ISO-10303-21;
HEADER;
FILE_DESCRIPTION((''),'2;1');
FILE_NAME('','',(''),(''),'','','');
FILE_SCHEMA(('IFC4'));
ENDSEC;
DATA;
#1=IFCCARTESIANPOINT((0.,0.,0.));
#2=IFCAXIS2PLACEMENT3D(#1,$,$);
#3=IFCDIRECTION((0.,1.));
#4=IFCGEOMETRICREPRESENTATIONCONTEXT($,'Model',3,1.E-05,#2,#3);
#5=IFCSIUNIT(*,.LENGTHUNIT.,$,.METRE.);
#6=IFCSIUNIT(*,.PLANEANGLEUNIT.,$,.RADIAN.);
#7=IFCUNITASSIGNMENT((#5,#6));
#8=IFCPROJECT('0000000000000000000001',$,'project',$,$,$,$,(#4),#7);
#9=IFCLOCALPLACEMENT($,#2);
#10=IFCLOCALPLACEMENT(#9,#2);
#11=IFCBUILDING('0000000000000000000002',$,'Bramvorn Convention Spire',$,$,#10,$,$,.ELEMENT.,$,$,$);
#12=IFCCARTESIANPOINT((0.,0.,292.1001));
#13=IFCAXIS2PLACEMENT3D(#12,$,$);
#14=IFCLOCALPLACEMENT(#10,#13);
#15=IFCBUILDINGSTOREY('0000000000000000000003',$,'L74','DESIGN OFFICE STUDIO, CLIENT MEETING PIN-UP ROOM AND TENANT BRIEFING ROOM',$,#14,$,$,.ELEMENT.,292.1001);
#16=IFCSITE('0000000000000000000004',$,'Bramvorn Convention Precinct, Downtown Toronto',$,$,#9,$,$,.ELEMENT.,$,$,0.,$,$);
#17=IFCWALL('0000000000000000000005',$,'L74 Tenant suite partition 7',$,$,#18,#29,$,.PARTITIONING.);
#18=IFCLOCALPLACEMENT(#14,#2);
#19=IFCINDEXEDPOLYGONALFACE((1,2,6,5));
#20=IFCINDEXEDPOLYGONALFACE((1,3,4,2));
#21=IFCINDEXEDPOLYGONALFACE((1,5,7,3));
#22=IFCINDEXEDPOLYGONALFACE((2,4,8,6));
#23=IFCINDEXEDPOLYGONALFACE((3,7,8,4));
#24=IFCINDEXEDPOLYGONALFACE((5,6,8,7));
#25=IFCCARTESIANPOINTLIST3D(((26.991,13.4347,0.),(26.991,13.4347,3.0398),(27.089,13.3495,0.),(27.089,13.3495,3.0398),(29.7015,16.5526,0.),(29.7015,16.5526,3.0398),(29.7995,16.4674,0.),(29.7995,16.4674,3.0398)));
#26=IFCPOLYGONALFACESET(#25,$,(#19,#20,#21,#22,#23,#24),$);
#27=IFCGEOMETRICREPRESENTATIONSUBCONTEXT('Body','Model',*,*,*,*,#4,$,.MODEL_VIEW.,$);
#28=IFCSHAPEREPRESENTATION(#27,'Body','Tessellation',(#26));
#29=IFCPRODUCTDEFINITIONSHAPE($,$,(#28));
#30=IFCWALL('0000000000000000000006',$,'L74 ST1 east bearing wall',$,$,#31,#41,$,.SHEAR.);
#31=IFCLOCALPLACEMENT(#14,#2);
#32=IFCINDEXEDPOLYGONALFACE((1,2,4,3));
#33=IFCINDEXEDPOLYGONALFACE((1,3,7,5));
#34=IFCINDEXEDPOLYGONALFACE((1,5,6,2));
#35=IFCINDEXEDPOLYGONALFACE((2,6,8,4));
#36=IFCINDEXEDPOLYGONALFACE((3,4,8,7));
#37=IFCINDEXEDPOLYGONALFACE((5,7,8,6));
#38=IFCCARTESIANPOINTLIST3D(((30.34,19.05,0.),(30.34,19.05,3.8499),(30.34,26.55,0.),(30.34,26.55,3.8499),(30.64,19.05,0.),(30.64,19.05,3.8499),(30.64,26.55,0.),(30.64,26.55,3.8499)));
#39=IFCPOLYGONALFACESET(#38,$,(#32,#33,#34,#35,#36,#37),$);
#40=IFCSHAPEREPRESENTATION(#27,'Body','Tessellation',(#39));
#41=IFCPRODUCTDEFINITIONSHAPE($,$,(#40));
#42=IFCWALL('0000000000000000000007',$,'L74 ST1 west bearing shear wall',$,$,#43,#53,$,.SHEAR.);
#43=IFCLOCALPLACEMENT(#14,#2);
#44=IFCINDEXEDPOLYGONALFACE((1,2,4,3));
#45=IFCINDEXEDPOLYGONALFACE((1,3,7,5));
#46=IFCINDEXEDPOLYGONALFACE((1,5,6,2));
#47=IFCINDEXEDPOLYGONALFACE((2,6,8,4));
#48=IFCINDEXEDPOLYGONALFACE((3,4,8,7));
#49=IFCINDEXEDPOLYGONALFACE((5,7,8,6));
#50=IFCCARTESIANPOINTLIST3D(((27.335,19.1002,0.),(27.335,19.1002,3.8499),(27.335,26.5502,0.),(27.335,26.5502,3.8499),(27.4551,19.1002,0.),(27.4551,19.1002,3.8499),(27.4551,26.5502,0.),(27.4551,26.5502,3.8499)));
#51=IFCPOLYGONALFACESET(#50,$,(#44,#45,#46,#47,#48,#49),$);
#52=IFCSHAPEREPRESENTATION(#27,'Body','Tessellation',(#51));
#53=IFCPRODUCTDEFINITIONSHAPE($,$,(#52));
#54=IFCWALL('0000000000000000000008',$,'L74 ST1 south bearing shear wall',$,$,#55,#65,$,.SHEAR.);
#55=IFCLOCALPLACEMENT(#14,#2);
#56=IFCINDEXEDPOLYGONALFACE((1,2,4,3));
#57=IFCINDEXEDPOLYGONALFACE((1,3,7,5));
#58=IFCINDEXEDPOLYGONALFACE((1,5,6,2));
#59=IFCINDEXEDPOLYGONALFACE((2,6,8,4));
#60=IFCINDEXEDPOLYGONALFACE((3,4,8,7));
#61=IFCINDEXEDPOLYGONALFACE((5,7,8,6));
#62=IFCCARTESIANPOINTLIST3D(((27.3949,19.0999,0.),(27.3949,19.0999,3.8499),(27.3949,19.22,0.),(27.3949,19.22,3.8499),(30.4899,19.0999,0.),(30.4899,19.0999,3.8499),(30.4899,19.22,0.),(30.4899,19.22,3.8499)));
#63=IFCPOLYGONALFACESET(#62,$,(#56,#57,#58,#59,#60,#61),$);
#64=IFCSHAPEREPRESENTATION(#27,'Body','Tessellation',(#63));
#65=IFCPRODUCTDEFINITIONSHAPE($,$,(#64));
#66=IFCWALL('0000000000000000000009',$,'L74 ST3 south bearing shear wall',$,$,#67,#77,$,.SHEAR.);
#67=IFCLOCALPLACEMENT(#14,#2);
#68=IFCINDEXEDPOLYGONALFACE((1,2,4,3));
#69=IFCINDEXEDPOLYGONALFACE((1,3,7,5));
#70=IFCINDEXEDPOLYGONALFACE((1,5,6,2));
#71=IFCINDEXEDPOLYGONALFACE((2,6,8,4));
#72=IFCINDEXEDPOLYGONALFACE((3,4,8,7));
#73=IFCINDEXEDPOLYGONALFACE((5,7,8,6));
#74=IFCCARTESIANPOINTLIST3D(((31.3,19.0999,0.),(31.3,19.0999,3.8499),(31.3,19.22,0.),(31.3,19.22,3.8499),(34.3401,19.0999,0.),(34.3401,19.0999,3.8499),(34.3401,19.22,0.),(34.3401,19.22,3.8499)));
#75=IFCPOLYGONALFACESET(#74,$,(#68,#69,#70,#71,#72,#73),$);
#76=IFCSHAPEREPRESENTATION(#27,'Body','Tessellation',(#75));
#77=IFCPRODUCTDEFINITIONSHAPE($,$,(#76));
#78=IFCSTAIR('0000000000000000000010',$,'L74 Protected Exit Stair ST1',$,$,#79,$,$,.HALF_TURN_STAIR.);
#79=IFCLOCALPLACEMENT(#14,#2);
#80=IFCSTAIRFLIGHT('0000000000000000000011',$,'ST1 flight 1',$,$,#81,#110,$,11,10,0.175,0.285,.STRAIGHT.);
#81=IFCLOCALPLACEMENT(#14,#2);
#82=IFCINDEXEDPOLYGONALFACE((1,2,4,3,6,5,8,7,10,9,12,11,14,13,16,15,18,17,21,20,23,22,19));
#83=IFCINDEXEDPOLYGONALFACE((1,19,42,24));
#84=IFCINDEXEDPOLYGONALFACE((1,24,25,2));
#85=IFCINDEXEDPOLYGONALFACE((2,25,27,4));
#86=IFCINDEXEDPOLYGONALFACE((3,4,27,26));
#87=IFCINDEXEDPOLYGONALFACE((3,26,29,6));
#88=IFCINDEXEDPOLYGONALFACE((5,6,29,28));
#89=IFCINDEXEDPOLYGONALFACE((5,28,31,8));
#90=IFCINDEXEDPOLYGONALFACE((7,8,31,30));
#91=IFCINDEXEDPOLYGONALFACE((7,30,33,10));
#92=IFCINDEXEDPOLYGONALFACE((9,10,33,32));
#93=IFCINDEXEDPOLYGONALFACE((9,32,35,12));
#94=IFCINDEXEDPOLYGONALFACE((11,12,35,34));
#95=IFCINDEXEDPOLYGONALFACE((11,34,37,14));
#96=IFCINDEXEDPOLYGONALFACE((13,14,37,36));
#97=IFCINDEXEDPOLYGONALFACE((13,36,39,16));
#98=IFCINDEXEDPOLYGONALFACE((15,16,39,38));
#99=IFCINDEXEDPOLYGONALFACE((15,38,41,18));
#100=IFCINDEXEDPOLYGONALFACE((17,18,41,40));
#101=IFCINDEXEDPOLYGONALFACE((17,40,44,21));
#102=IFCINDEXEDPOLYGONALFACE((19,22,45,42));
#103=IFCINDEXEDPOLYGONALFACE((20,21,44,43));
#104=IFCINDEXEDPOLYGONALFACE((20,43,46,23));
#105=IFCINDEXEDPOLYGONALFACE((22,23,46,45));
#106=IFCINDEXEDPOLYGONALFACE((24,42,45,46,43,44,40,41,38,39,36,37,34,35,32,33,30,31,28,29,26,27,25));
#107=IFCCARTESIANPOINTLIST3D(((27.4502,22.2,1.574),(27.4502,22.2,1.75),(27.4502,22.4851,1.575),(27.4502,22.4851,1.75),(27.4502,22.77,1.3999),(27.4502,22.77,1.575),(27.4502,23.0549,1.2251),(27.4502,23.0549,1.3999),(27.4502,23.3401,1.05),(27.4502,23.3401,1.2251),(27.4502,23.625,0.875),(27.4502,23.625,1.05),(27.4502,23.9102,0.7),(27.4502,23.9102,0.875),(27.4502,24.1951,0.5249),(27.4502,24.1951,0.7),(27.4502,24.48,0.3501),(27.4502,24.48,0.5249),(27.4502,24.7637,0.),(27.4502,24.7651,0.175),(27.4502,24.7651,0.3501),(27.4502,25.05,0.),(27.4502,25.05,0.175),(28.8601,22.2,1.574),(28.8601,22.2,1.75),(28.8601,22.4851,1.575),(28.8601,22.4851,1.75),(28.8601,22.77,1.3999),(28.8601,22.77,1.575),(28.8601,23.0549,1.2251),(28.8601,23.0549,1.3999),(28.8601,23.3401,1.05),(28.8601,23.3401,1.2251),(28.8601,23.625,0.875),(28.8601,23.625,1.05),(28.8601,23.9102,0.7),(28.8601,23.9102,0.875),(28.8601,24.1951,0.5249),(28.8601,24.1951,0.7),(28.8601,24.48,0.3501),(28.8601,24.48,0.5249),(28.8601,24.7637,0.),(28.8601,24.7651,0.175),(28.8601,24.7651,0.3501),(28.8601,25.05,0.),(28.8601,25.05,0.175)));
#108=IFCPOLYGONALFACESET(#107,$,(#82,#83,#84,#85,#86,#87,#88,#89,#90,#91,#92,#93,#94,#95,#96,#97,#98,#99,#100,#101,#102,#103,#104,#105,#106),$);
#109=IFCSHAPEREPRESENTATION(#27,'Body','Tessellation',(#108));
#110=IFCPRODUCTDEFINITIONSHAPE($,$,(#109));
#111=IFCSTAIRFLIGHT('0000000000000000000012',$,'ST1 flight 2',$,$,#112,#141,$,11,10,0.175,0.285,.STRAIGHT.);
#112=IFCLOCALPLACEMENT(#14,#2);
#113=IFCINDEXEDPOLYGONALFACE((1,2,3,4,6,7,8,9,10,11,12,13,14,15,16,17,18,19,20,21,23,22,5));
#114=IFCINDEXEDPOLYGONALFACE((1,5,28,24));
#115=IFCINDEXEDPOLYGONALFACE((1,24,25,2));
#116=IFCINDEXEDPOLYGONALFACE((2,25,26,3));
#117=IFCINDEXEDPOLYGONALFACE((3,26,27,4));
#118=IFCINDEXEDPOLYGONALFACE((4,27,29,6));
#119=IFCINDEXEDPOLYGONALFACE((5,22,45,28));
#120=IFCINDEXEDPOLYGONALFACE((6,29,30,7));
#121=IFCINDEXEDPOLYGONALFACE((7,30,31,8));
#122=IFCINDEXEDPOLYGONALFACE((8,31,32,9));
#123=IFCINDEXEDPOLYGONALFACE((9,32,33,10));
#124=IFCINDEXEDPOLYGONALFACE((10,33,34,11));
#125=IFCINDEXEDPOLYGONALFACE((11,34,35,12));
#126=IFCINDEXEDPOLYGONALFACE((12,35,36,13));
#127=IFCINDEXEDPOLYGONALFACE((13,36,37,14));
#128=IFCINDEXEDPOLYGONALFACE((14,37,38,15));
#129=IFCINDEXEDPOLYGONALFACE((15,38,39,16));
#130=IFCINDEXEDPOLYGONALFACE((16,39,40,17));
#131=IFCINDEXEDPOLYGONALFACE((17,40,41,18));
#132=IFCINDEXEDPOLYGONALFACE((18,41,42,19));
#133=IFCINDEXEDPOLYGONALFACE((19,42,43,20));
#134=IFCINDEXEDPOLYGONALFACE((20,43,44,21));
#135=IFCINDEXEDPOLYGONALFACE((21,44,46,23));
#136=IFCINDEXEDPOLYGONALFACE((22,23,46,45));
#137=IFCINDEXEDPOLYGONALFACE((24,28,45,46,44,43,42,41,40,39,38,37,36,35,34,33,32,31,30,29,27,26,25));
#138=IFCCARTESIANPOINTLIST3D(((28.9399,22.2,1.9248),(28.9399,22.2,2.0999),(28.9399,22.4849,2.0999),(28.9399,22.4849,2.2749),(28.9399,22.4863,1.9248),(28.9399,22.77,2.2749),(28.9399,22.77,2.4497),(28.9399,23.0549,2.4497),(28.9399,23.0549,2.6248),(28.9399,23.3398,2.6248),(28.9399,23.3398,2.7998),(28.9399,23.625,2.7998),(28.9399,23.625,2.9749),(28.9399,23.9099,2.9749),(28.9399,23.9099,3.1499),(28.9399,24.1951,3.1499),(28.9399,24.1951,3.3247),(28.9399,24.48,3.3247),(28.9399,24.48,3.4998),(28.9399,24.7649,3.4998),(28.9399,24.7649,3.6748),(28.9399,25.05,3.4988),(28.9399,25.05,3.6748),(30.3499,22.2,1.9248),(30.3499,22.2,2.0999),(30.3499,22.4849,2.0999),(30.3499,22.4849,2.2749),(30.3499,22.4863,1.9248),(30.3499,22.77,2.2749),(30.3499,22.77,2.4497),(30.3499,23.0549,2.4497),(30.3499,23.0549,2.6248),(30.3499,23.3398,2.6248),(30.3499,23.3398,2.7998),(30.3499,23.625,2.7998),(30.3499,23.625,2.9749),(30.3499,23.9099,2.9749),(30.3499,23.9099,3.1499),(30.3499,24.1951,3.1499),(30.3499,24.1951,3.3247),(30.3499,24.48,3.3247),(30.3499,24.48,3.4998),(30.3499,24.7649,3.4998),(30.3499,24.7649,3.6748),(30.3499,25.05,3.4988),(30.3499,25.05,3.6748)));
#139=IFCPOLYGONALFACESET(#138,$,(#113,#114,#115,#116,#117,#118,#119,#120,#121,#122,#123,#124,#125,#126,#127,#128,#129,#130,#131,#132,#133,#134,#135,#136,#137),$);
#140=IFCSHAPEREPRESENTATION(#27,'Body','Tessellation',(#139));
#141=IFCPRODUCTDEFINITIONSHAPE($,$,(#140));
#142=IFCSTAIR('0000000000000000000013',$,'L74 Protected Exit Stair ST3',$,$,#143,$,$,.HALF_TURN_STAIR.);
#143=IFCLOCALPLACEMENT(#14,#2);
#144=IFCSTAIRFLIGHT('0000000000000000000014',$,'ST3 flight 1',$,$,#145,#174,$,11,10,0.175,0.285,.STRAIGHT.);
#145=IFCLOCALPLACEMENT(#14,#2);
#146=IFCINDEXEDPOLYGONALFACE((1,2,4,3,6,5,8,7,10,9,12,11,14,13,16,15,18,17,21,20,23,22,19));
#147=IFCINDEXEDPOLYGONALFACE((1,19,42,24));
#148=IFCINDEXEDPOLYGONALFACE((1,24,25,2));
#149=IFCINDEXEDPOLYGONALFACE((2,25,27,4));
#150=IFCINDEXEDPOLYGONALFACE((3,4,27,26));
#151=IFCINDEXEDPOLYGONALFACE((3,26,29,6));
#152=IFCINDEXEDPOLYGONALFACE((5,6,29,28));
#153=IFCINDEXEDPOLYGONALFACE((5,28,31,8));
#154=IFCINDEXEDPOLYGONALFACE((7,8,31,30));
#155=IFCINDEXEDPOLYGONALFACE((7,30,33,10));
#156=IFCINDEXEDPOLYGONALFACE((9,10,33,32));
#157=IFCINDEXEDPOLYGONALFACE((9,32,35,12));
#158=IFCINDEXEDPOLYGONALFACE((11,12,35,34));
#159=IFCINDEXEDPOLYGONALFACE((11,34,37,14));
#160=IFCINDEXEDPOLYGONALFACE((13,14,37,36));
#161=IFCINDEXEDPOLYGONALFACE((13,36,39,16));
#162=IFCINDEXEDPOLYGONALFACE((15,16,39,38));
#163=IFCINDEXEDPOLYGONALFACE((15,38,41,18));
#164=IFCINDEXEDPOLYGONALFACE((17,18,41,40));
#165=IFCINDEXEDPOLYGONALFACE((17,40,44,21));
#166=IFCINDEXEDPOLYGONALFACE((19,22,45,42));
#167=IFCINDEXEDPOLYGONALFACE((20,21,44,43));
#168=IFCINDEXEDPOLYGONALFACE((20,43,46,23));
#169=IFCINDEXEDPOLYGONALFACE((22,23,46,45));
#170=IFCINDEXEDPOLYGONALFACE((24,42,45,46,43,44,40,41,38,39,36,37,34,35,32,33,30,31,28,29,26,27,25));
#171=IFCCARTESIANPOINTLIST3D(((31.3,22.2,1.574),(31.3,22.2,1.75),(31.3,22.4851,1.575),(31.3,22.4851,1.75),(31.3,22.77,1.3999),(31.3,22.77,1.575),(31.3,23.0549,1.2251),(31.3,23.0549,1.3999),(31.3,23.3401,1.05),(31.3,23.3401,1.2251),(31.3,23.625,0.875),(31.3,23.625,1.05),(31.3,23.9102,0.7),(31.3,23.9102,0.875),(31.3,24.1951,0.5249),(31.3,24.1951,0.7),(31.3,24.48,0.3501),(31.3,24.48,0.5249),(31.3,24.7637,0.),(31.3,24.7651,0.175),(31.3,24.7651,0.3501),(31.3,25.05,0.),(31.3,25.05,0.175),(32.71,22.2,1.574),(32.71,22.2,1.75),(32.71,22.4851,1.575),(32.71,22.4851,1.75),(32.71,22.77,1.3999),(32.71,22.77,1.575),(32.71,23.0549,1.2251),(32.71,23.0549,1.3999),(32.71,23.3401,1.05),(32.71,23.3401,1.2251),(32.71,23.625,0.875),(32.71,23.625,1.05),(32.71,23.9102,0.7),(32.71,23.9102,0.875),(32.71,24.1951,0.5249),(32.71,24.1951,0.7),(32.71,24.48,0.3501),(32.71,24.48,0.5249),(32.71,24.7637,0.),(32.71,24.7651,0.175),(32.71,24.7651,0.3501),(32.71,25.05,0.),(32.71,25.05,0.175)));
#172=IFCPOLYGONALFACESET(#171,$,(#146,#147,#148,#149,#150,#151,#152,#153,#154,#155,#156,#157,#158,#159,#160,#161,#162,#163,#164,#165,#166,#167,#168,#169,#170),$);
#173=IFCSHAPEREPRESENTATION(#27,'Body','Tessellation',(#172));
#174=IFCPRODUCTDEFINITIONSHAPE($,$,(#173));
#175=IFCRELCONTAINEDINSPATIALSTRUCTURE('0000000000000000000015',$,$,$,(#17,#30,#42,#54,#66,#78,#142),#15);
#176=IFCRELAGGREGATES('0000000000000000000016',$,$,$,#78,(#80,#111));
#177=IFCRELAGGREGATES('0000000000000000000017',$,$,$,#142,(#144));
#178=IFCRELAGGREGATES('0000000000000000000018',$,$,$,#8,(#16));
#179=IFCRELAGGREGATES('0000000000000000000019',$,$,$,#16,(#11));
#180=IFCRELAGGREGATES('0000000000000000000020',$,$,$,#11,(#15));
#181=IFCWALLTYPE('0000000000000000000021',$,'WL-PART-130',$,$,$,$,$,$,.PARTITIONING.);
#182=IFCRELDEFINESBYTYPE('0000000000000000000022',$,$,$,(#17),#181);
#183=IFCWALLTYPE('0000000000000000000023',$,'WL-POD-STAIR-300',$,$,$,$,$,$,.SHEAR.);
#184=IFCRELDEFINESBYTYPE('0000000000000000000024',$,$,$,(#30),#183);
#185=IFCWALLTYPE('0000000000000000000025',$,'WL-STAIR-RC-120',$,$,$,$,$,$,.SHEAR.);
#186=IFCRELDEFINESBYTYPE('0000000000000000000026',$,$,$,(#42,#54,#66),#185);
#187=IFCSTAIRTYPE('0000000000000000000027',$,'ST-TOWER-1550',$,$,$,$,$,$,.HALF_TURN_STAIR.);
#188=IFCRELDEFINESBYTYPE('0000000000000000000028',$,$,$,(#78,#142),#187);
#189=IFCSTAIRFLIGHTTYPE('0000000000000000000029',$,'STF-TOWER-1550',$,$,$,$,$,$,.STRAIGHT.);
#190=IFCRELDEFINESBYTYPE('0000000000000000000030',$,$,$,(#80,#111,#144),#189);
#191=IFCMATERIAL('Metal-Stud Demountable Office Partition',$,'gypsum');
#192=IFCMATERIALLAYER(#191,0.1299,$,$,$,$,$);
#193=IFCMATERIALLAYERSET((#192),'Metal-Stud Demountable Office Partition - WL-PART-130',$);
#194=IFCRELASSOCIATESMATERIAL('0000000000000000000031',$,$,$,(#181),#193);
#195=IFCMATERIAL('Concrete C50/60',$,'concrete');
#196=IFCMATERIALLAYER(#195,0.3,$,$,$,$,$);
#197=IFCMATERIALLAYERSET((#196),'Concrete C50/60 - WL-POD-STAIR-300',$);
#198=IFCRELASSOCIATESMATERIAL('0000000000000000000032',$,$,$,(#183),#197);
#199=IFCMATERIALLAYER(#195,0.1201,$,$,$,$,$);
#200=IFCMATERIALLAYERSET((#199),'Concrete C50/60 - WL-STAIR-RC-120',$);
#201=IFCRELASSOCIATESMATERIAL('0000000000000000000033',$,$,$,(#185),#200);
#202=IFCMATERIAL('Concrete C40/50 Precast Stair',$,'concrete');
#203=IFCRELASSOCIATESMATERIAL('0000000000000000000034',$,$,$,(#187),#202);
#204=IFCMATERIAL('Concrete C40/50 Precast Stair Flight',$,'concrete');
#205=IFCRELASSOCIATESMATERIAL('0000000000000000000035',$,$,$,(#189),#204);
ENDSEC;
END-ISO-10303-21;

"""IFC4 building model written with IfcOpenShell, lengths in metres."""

from ifc_helpers import new_model, si_unit, direction, frame, frame_2d, origin, place, context, subcontext, project, spatial, polyline, rectangle, outline, extrude, material, layer, layer_set, type_object, element, aggregate, save


model = new_model("IFC4")

# Units and contexts
model_context = context("Model", 3, precision=1e-05, world=origin(), true_north=direction((0.0, 1.0)))
body_context = subcontext(model_context, "Body", "Model", "MODEL_VIEW")
ifc_project = project(units=[si_unit("LENGTHUNIT", "METRE"), si_unit("PLANEANGLEUNIT", "RADIAN")], contexts=[model_context])

# Site, building, storey
site_placement = place(None, origin())
site = spatial("IfcSite", under=ifc_project, at=site_placement, Name="Bramvorn Convention Precinct, Downtown Toronto", CompositionType="ELEMENT", RefElevation=0.0)
building_placement = place(site_placement, origin())
building = spatial("IfcBuilding", under=site, at=building_placement, Name="Bramvorn Convention Spire", CompositionType="ELEMENT")
storey_placement = place(building_placement, frame((0.0, 0.0, 292.1001)))
storey = spatial("IfcBuildingStorey", under=building, at=storey_placement, Name="L74", Description="DESIGN OFFICE STUDIO, CLIENT MEETING PIN-UP ROOM AND TENANT BRIEFING ROOM", CompositionType="ELEMENT", Elevation=292.1001)

# Walls
ifc_material_1 = material(Name="Concrete C50/60", Category="concrete")
ifc_material_2 = material(Name="Metal-Stud Demountable Office Partition", Category="gypsum")
ifc_layer_1 = layer(ifc_material_2, 0.1299)
ifc_layer_set_1 = layer_set([ifc_layer_1], Name="Metal-Stud Demountable Office Partition - WL-PART-130")
wall_type_1 = type_object("IfcWallType", Name="WL-PART-130", PredefinedType="PARTITIONING", material=ifc_layer_set_1)
wall_1_placement = place(storey_placement, frame((29.7505, 16.51, 0.0), z_axis=(0.0, 0.0, 1.0), x_axis=(-0.65607, -0.7547, 0.0)))
element("IfcWall", 1, at=wall_1_placement, inside=storey, type_object=wall_type_1, Name="L74 Tenant suite partition 7", PredefinedType="PARTITIONING", context=body_context, shape_type="SweptSolid", body=[
    extrude(rectangle(XDim=4.1313, YDim=0.1299, at=frame_2d((2.0657, 0.0))), origin(), (0.0, 0.0, 1.0), 3.0398),
])
ifc_layer_2 = layer(ifc_material_1, 0.3)
ifc_layer_set_2 = layer_set([ifc_layer_2], Name="Concrete C50/60 - WL-POD-STAIR-300")
wall_type_2 = type_object("IfcWallType", Name="WL-POD-STAIR-300", PredefinedType="SHEAR", material=ifc_layer_set_2)
wall_2_placement = place(storey_placement, frame((30.49, 19.05, 0.0), z_axis=(0.0, 0.0, 1.0), x_axis=(0.0, 1.0, 0.0)))
element("IfcWall", 2, at=wall_2_placement, inside=storey, type_object=wall_type_2, Name="L74 ST1 east bearing wall", PredefinedType="SHEAR", context=body_context, shape_type="SweptSolid", body=[
    extrude(rectangle(XDim=7.5, YDim=0.3, at=frame_2d((3.75, 0.0))), origin(), (0.0, 0.0, 1.0), 3.8499),
])
ifc_layer_3 = layer(ifc_material_1, 0.1201)
ifc_layer_set_3 = layer_set([ifc_layer_3], Name="Concrete C50/60 - WL-STAIR-RC-120")
wall_type_3 = type_object("IfcWallType", Name="WL-STAIR-RC-120", PredefinedType="SHEAR", material=ifc_layer_set_3)
wall_3_placement = place(storey_placement, frame((27.395, 19.1001, 0.0), z_axis=(0.0, 0.0, 1.0), x_axis=(0.0, 1.0, 0.0)))
element("IfcWall", 3, at=wall_3_placement, inside=storey, type_object=wall_type_3, Name="L74 ST1 west bearing shear wall", PredefinedType="SHEAR", context=body_context, shape_type="SweptSolid", body=[
    extrude(rectangle(XDim=7.45, YDim=0.1201, at=frame_2d((3.7251, 0.0))), origin(), (0.0, 0.0, 1.0), 3.8499),
])
wall_4_placement = place(storey_placement, frame((27.395, 19.1599, 0.0), z_axis=(0.0, 0.0, 1.0), x_axis=(1.0, 0.0, 0.0)))
element("IfcWall", 4, at=wall_4_placement, inside=storey, type_object=wall_type_3, Name="L74 ST1 south bearing shear wall", PredefinedType="SHEAR", context=body_context, shape_type="SweptSolid", body=[
    extrude(rectangle(XDim=3.095, YDim=0.1201, at=frame_2d((1.5474, 0.0))), origin(), (0.0, 0.0, 1.0), 3.8499),
])
wall_5_placement = place(storey_placement, frame((31.3, 19.1599, 0.0), z_axis=(0.0, 0.0, 1.0), x_axis=(1.0, 0.0, 0.0)))
element("IfcWall", 5, at=wall_5_placement, inside=storey, type_object=wall_type_3, Name="L74 ST3 south bearing shear wall", PredefinedType="SHEAR", context=body_context, shape_type="SweptSolid", body=[
    extrude(rectangle(XDim=3.04, YDim=0.1201, at=frame_2d((1.52, 0.0))), origin(), (0.0, 0.0, 1.0), 3.8499),
])

# Stairs, stair flights
ifc_material_3 = material(Name="Concrete C40/50 Precast Stair", Category="concrete")
stair_type = type_object("IfcStairType", Name="ST-TOWER-1550", PredefinedType="HALF_TURN_STAIR", material=ifc_material_3)
stair_1_placement = place(storey_placement, origin())
stair_1 = element("IfcStair", 6, at=stair_1_placement, inside=storey, type_object=stair_type, Name="L74 Protected Exit Stair ST1", PredefinedType="HALF_TURN_STAIR")
ifc_material_4 = material(Name="Concrete C40/50 Precast Stair Flight", Category="concrete")
stair_flight_type = type_object("IfcStairFlightType", Name="STF-TOWER-1550", PredefinedType="STRAIGHT", material=ifc_material_4)
stair_flight_1_placement = place(storey_placement, frame((28.155, 25.05, 0.0), z_axis=(0.0, 0.0, 1.0), x_axis=(0.0, -1.0, 0.0)))
stair_flight_1 = element("IfcStairFlight", 7, at=stair_flight_1_placement, type_object=stair_flight_type, Name="ST1 flight 1", NumberOfRisers=11, NumberOfTreads=10, PredefinedType="STRAIGHT", RiserHeight=0.175, TreadLength=0.285, context=body_context, shape_type="SweptSolid", body=[
    extrude(outline(polyline([(0.0, 0.0), (0.0, 0.175), (0.2849, 0.175), (0.2849, 0.3501), (0.5701, 0.3501), (0.5701, 0.5249), (0.855, 0.5249), (0.855, 0.7), (1.1399, 0.7), (1.1399, 0.875), (1.425, 0.875), (1.425, 1.05), (1.71, 1.05), (1.71, 1.2251), (1.9951, 1.2251), (1.9951, 1.3999), (2.28, 1.3999), (2.28, 1.575), (2.5649, 1.575), (2.5649, 1.75), (2.8501, 1.75), (2.8501, 1.925), (2.8501, 1.574), (0.2864, 0.0), (0.0, 0.0)])), frame((0.0, 0.7051, 0.0), z_axis=(0.0, -1.0, 0.0), x_axis=(1.0, 0.0, 0.0)), (0.0, 0.0, 1.0), 1.4099),
])
stair_flight_2_placement = place(storey_placement, frame((29.645, 22.2, 1.9248), z_axis=(0.0, 0.0, 1.0), x_axis=(0.0, 1.0, 0.0)))
stair_flight_2 = element("IfcStairFlight", 8, at=stair_flight_2_placement, type_object=stair_flight_type, Name="ST1 flight 2", NumberOfRisers=11, NumberOfTreads=10, PredefinedType="STRAIGHT", RiserHeight=0.175, TreadLength=0.285, context=body_context, shape_type="SweptSolid", body=[
    extrude(outline(polyline([(0.0, 0.0), (0.0, 0.175), (0.2849, 0.175), (0.2849, 0.3501), (0.5701, 0.3501), (0.5701, 0.5249), (0.855, 0.5249), (0.855, 0.7), (1.1399, 0.7), (1.1399, 0.875), (1.425, 0.875), (1.425, 1.05), (1.71, 1.05), (1.71, 1.2251), (1.9951, 1.2251), (1.9951, 1.3999), (2.28, 1.3999), (2.28, 1.575), (2.5649, 1.575), (2.5649, 1.75), (2.8501, 1.75), (2.8501, 1.925), (2.8501, 1.574), (0.2864, 0.0), (0.0, 0.0)])), frame((0.0, 0.7051, 0.0), z_axis=(0.0, -1.0, 0.0), x_axis=(1.0, 0.0, 0.0)), (0.0, 0.0, 1.0), 1.4099),
])
aggregate(stair_1, [stair_flight_1, stair_flight_2])
stair_2_placement = place(storey_placement, origin())
stair_2 = element("IfcStair", 9, at=stair_2_placement, inside=storey, type_object=stair_type, Name="L74 Protected Exit Stair ST3", PredefinedType="HALF_TURN_STAIR")
stair_flight_3_placement = place(storey_placement, frame((32.0049, 25.05, 0.0), z_axis=(0.0, 0.0, 1.0), x_axis=(0.0, -1.0, 0.0)))
stair_flight_3 = element("IfcStairFlight", 10, at=stair_flight_3_placement, type_object=stair_flight_type, Name="ST3 flight 1", NumberOfRisers=11, NumberOfTreads=10, PredefinedType="STRAIGHT", RiserHeight=0.175, TreadLength=0.285, context=body_context, shape_type="SweptSolid", body=[
    extrude(outline(polyline([(0.0, 0.0), (0.0, 0.175), (0.2849, 0.175), (0.2849, 0.3501), (0.5701, 0.3501), (0.5701, 0.5249), (0.855, 0.5249), (0.855, 0.7), (1.1399, 0.7), (1.1399, 0.875), (1.425, 0.875), (1.425, 1.05), (1.71, 1.05), (1.71, 1.2251), (1.9951, 1.2251), (1.9951, 1.3999), (2.28, 1.3999), (2.28, 1.575), (2.5649, 1.575), (2.5649, 1.75), (2.8501, 1.75), (2.8501, 1.925), (2.8501, 1.574), (0.2864, 0.0), (0.0, 0.0)])), frame((0.0, 0.7051, 0.0), z_axis=(0.0, -1.0, 0.0), x_axis=(1.0, 0.0, 0.0)), (0.0, 0.0, 1.0), 1.4099),
])
aggregate(stair_2, [stair_flight_3])

save(model, "model.ifc")
